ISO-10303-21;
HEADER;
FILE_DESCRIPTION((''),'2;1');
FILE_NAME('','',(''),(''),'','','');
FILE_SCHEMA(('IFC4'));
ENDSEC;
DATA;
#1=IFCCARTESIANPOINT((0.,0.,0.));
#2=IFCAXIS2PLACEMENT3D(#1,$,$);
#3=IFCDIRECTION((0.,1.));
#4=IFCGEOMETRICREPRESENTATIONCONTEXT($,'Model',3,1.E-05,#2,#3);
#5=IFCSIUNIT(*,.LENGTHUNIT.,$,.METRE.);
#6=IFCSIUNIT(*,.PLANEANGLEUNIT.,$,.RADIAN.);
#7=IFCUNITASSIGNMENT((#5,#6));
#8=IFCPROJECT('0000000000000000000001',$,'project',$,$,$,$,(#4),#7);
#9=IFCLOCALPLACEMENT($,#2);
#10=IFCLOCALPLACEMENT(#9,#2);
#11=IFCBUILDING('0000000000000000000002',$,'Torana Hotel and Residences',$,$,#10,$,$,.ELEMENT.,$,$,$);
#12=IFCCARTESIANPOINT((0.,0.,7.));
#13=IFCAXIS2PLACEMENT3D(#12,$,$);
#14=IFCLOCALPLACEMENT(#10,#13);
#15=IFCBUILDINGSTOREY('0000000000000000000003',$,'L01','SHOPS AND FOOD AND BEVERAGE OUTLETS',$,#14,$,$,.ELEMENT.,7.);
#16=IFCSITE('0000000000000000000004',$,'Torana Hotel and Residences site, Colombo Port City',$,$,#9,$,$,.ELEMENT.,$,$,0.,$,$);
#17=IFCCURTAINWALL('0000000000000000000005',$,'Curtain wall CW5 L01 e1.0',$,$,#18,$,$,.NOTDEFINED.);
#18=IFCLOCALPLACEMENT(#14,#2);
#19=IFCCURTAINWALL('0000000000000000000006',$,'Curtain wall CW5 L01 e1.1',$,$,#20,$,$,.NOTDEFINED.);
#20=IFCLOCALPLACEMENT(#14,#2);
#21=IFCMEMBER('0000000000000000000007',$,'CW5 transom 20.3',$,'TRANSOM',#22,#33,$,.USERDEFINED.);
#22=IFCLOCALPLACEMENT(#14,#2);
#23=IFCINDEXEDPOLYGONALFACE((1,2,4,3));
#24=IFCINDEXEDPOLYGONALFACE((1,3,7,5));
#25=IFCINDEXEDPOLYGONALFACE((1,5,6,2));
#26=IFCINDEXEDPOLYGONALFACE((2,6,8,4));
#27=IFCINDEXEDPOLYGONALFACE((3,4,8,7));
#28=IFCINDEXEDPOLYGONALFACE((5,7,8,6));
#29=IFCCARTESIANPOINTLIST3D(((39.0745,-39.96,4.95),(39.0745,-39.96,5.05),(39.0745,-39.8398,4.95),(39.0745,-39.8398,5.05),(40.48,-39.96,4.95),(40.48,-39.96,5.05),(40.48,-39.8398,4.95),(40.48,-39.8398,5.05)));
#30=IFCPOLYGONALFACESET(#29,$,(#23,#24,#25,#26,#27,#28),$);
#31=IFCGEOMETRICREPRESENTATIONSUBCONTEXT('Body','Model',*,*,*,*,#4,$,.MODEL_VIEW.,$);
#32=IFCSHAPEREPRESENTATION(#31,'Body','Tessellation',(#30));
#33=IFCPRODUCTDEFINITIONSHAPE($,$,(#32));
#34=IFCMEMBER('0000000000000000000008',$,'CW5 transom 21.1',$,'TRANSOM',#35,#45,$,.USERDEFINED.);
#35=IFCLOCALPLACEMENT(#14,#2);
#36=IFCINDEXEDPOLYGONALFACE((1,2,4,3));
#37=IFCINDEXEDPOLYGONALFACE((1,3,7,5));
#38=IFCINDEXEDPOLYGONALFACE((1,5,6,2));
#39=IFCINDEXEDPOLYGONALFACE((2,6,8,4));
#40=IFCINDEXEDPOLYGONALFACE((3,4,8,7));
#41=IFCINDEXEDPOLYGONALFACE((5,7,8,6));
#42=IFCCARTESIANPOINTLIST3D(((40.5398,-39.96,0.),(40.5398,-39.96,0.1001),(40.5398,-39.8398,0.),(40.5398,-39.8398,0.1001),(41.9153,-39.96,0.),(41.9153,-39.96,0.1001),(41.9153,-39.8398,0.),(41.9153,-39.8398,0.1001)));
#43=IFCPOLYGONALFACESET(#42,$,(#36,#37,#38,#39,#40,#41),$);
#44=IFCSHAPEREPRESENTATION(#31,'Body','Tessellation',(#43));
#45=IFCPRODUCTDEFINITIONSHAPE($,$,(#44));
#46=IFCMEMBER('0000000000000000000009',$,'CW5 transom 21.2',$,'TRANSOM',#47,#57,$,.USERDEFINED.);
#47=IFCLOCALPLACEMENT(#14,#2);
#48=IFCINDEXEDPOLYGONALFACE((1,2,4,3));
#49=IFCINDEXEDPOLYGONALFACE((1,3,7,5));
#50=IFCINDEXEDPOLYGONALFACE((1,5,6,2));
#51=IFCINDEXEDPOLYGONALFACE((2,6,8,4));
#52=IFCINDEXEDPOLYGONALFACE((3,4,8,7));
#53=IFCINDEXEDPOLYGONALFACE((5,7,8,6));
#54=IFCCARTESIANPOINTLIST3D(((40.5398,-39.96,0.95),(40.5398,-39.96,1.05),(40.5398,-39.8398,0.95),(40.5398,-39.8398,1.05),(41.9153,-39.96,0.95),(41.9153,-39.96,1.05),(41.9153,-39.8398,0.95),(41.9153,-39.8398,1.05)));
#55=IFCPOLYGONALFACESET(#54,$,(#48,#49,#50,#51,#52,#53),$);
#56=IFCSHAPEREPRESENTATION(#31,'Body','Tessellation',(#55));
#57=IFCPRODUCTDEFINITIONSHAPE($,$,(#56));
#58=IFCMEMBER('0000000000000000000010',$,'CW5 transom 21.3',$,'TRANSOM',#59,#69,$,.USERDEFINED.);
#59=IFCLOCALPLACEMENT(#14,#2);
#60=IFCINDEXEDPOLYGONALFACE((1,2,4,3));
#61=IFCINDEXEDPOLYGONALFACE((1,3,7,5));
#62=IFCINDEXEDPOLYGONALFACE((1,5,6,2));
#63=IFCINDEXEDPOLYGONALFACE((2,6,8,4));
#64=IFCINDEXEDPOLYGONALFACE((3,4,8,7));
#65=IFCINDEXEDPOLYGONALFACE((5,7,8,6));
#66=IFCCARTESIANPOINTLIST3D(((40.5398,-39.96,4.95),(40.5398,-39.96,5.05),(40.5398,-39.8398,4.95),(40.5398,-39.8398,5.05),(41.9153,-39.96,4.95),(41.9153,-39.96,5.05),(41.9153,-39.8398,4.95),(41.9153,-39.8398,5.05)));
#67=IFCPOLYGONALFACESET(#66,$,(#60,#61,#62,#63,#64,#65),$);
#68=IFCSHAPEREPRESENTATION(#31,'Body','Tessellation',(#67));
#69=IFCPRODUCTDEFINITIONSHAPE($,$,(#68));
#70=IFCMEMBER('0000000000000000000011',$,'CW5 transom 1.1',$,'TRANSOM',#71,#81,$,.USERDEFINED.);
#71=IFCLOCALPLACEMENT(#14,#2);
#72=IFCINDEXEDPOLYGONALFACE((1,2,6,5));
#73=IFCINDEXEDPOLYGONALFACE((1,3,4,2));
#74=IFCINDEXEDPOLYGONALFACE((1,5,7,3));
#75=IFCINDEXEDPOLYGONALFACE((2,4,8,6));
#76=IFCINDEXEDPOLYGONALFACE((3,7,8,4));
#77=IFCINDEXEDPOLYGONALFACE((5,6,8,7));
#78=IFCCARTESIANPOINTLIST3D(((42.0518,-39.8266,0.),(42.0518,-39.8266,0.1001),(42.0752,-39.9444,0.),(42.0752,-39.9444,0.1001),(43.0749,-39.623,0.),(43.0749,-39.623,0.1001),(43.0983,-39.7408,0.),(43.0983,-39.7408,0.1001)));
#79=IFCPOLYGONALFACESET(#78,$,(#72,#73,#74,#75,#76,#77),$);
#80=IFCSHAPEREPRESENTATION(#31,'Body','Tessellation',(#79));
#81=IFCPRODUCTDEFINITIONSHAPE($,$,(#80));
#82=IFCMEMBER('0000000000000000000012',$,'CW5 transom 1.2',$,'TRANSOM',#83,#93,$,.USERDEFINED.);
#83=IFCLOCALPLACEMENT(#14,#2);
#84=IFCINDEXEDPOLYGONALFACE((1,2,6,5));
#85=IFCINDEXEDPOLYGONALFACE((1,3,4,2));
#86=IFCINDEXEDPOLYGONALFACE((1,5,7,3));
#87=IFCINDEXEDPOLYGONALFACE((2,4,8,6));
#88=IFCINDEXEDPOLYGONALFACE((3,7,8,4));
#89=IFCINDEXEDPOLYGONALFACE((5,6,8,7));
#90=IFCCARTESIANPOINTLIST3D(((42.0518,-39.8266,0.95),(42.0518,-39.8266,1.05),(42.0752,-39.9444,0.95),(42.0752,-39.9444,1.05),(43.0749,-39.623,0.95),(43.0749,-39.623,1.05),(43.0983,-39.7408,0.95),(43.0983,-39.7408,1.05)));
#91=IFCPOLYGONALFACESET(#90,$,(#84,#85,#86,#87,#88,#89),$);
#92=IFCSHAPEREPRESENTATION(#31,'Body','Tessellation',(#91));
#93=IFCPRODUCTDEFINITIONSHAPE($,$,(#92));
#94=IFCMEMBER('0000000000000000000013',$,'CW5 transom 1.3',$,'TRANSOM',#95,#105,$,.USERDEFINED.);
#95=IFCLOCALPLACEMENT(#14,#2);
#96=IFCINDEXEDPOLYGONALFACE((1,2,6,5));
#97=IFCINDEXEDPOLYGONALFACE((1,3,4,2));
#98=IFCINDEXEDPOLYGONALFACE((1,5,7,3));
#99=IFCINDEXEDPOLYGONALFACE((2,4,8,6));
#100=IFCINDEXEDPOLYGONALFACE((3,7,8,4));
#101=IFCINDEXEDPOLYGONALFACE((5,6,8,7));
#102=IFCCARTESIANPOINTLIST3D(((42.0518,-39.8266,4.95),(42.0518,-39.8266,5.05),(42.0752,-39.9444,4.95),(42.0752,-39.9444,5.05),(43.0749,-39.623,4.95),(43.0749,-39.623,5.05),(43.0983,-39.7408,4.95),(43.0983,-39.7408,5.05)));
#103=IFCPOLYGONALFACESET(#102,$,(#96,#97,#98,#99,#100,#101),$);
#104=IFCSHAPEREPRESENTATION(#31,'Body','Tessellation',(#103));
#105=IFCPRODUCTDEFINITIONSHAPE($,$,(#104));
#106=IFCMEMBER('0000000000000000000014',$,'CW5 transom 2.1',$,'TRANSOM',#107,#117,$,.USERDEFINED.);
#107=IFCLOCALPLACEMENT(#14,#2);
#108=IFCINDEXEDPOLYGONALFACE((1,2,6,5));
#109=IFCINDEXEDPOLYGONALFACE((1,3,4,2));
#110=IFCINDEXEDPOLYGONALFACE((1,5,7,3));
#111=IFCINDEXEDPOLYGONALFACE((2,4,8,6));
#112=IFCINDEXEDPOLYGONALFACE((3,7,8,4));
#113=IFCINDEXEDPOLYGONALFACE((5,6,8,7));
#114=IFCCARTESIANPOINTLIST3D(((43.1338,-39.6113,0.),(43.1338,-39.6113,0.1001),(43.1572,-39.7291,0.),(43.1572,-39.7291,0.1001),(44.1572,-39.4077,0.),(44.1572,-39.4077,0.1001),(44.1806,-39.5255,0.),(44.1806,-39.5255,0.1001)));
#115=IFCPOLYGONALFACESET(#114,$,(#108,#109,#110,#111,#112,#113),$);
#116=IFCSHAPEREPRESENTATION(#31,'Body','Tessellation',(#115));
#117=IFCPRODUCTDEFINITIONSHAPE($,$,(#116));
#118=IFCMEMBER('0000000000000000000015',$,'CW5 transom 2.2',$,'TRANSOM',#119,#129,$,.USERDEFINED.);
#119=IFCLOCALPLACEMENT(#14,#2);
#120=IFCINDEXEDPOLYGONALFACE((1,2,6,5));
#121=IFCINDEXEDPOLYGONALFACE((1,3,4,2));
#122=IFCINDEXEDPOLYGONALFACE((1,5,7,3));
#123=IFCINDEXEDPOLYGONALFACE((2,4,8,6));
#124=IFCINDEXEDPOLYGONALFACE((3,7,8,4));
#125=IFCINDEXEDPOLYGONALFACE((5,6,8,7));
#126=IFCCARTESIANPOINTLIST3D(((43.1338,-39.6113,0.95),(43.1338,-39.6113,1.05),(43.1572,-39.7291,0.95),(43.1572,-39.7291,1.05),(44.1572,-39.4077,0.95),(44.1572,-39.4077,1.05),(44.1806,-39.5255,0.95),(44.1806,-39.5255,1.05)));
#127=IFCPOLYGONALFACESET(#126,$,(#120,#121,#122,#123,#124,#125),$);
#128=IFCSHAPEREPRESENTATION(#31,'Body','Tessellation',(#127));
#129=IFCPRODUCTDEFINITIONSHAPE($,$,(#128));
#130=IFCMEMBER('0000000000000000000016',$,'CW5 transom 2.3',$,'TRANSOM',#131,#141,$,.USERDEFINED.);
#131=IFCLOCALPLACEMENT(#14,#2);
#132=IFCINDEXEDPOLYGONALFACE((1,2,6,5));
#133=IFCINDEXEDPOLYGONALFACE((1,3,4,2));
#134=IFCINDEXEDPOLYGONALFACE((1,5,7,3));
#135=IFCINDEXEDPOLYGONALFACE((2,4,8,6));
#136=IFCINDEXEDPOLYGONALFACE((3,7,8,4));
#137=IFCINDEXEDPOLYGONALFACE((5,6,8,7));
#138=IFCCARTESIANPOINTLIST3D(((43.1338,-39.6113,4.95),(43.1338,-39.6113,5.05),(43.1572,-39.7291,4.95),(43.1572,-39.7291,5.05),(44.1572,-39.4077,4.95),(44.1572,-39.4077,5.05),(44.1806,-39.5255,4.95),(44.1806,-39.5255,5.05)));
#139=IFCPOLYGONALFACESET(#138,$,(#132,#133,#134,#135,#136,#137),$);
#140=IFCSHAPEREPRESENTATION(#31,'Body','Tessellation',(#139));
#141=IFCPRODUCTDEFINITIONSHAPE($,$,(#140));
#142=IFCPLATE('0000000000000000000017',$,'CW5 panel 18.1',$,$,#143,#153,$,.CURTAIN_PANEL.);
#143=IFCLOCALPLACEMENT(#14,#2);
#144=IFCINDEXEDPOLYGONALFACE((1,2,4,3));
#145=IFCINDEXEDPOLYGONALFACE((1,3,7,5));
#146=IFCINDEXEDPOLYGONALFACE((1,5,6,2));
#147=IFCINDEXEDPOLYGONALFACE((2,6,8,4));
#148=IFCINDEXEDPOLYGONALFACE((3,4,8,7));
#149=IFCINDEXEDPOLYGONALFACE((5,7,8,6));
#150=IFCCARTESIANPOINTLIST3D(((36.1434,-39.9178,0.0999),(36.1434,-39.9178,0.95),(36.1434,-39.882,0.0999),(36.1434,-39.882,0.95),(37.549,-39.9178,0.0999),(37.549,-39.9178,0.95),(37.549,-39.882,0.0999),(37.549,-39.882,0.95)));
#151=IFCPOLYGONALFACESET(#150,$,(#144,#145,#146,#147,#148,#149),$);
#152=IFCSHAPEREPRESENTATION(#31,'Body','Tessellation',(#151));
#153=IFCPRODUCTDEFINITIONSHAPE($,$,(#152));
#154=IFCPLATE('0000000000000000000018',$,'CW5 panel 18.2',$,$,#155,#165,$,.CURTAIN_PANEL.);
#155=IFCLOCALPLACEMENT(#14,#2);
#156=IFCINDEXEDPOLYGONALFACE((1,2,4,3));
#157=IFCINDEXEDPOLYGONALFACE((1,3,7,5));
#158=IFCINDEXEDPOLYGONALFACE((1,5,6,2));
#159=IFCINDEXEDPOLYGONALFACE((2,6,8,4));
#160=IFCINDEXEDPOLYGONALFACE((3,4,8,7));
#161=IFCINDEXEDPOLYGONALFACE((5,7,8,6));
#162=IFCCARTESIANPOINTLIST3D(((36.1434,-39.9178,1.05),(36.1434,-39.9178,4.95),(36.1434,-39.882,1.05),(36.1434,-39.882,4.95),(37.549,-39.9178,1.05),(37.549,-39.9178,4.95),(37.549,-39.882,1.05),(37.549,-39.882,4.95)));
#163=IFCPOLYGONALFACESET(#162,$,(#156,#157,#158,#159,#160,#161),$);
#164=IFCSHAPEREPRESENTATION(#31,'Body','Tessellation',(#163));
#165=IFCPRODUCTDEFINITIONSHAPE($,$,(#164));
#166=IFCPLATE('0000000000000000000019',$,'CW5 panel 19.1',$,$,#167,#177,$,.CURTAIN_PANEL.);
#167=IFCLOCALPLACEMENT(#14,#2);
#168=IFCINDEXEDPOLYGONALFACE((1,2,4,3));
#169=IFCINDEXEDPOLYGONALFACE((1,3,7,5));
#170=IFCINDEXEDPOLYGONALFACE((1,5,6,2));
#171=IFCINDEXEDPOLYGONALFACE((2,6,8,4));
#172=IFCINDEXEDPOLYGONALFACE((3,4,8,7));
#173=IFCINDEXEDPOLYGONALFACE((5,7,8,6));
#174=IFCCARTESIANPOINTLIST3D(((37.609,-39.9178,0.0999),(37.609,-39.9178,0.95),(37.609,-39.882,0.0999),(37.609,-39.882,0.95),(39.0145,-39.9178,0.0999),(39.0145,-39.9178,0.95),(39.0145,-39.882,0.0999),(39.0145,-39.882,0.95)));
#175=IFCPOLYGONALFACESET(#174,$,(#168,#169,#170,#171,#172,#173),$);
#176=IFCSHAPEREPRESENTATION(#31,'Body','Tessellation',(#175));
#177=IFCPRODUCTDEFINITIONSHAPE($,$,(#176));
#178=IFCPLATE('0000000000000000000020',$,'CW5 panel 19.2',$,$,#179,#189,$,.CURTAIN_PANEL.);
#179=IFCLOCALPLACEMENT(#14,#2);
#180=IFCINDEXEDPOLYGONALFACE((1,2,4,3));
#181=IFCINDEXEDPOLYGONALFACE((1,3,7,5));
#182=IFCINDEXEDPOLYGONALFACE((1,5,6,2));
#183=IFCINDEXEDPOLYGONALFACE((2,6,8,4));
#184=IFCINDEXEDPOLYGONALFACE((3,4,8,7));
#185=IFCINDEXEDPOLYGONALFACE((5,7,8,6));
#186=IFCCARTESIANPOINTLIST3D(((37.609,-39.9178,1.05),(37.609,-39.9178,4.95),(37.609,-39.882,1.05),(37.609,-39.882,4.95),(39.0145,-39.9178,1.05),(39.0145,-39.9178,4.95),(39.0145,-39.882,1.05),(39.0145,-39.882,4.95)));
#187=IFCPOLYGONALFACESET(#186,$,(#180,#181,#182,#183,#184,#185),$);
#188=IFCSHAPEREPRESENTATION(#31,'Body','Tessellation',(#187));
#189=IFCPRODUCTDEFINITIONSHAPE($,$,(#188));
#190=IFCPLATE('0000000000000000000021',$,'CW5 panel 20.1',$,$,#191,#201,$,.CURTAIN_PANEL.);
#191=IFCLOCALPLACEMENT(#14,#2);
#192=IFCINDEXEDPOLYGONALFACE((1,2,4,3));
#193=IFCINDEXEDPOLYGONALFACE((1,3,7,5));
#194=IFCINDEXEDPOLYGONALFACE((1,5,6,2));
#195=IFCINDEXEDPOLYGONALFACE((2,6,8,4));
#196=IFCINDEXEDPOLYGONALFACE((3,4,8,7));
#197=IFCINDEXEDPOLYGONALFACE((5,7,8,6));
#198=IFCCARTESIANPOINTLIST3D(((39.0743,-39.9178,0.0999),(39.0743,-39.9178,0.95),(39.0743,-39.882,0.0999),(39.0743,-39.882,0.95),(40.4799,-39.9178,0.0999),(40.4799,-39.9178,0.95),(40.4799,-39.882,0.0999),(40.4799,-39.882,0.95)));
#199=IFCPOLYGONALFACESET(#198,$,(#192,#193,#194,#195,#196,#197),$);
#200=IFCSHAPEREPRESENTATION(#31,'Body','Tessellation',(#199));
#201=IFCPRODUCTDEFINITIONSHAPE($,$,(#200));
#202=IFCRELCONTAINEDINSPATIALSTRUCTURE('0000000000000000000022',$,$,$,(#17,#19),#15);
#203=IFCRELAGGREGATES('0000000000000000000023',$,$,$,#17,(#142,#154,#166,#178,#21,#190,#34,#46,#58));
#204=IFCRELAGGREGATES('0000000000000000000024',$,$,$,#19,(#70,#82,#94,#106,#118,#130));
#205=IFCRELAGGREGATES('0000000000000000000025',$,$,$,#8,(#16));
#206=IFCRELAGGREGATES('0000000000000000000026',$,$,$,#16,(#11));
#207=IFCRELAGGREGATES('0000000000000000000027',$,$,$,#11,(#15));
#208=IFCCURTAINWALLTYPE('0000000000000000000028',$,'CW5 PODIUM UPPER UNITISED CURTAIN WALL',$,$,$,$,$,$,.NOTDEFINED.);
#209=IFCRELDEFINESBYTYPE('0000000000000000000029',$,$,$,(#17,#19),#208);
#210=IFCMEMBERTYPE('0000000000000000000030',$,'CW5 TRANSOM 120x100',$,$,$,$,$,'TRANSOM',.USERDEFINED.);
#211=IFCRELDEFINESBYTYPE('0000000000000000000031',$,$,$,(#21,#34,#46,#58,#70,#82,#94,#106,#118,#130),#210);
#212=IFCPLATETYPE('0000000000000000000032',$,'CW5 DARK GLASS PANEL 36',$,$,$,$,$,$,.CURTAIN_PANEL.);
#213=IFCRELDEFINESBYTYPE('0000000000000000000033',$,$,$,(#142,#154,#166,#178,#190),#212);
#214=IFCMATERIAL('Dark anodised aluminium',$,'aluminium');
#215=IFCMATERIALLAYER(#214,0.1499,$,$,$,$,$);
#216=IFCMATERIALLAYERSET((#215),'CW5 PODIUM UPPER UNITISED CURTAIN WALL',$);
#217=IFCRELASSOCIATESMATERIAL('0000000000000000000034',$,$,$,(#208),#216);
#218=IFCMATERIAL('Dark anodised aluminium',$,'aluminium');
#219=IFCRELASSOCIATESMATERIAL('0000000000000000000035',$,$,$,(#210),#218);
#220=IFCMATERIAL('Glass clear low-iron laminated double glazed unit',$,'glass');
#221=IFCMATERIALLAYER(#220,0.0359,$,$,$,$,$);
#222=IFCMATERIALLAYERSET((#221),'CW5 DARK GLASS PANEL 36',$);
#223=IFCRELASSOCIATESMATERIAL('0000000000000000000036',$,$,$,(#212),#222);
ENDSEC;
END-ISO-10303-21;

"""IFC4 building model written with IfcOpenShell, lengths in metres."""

from ifc_helpers import new_model, si_unit, direction, frame, origin, origin_2d, place, context, subcontext, project, spatial, rectangle, extrude, material, layer, layer_set, material_profile, profile_set, type_object, element, aggregate, save


model = new_model("IFC4")

# Units and contexts
model_context = context("Model", 3, precision=1e-05, world=origin(), true_north=direction((0.0, 1.0)))
body_context = subcontext(model_context, "Body", "Model", "MODEL_VIEW")
ifc_project = project(units=[si_unit("LENGTHUNIT", "METRE"), si_unit("PLANEANGLEUNIT", "RADIAN")], contexts=[model_context])

# Site, building, storey
site_placement = place(None, origin())
site = spatial("IfcSite", under=ifc_project, at=site_placement, Name="Torana Hotel and Residences site, Colombo Port City", CompositionType="ELEMENT", RefElevation=0.0)
building_placement = place(site_placement, origin())
building = spatial("IfcBuilding", under=site, at=building_placement, Name="Torana Hotel and Residences", CompositionType="ELEMENT")
storey_placement = place(building_placement, frame((0.0, 0.0, 7.0)))
storey = spatial("IfcBuildingStorey", under=building, at=storey_placement, Name="L01", Description="SHOPS AND FOOD AND BEVERAGE OUTLETS", CompositionType="ELEMENT", Elevation=7.0)

# Curtain walls
ifc_material_1 = material(Name="Dark anodised aluminium", Category="aluminium")
ifc_layer_1 = layer(ifc_material_1, 0.1499)
ifc_layer_set_1 = layer_set([ifc_layer_1], Name="CW5 PODIUM UPPER UNITISED CURTAIN WALL")
curtain_wall_type = type_object("IfcCurtainWallType", Name="CW5 PODIUM UPPER UNITISED CURTAIN WALL", PredefinedType="NOTDEFINED", material=ifc_layer_set_1)
curtain_wall_1_placement = place(storey_placement, origin())
curtain_wall_1 = element("IfcCurtainWall", 1, at=curtain_wall_1_placement, inside=storey, type_object=curtain_wall_type, Name="Curtain wall CW5 L01 e1.0", PredefinedType="NOTDEFINED")
curtain_wall_2_placement = place(storey_placement, origin())
curtain_wall_2 = element("IfcCurtainWall", 2, at=curtain_wall_2_placement, inside=storey, type_object=curtain_wall_type, Name="Curtain wall CW5 L01 e1.1", PredefinedType="NOTDEFINED")

# Members
ifc_material_2 = material(Name="Dark anodised aluminium", Category="aluminium")
ifc_material_profile_1 = material_profile(ifc_material_2, rectangle(XDim=0.1201, YDim=0.1001, at=origin_2d()), Name="CW5 TRANSOM 120x100")
ifc_profile_set_1 = profile_set([ifc_material_profile_1], Name="Dark anodised aluminium")
member_type_1 = type_object("IfcMemberType", Name="CW5 TRANSOM 120x100", ElementType="TRANSOM", PredefinedType="USERDEFINED", material=ifc_profile_set_1)
member_1_placement = place(storey_placement, frame((39.0745, -39.8999, 5.0), z_axis=(1.0, 0.0, 0.0), x_axis=(0.0, 1.0, 0.0)))
member_1 = element("IfcMember", 3, at=member_1_placement, type_object=member_type_1, Name="CW5 transom 20.3", ObjectType="TRANSOM", PredefinedType="USERDEFINED", context=body_context, shape_type="SweptSolid", body=[
    extrude(rectangle(XDim=0.1201, YDim=0.1001, at=origin_2d()), origin(), (0.0, 0.0, 1.0), 1.4055),
])
member_2_placement = place(storey_placement, frame((40.5398, -39.8999, 0.05), z_axis=(1.0, 0.0, 0.0), x_axis=(0.0, 1.0, 0.0)))
member_2 = element("IfcMember", 4, at=member_2_placement, type_object=member_type_1, Name="CW5 transom 21.1", ObjectType="TRANSOM", PredefinedType="USERDEFINED", context=body_context, shape_type="SweptSolid", body=[
    extrude(rectangle(XDim=0.1201, YDim=0.1001, at=origin_2d()), origin(), (0.0, 0.0, 1.0), 1.3755),
])
member_3_placement = place(storey_placement, frame((40.5398, -39.8999, 1.0), z_axis=(1.0, 0.0, 0.0), x_axis=(0.0, 1.0, 0.0)))
member_3 = element("IfcMember", 5, at=member_3_placement, type_object=member_type_1, Name="CW5 transom 21.2", ObjectType="TRANSOM", PredefinedType="USERDEFINED", context=body_context, shape_type="SweptSolid", body=[
    extrude(rectangle(XDim=0.1201, YDim=0.1001, at=origin_2d()), origin(), (0.0, 0.0, 1.0), 1.3755),
])
member_4_placement = place(storey_placement, frame((40.5398, -39.8999, 5.0), z_axis=(1.0, 0.0, 0.0), x_axis=(0.0, 1.0, 0.0)))
member_4 = element("IfcMember", 6, at=member_4_placement, type_object=member_type_1, Name="CW5 transom 21.3", ObjectType="TRANSOM", PredefinedType="USERDEFINED", context=body_context, shape_type="SweptSolid", body=[
    extrude(rectangle(XDim=0.1201, YDim=0.1001, at=origin_2d()), origin(), (0.0, 0.0, 1.0), 1.3755),
])
member_5_placement = place(storey_placement, frame((42.0635, -39.8855, 0.05), z_axis=(0.980769, 0.195171, 0.0), x_axis=(-0.195171, 0.980769, 0.0)))
member_5 = element("IfcMember", 7, at=member_5_placement, type_object=member_type_1, Name="CW5 transom 1.1", ObjectType="TRANSOM", PredefinedType="USERDEFINED", context=body_context, shape_type="SweptSolid", body=[
    extrude(rectangle(XDim=0.1201, YDim=0.1001, at=origin_2d()), origin(), (0.0, 0.0, 1.0), 1.0432),
])
member_6_placement = place(storey_placement, frame((42.0635, -39.8855, 1.0), z_axis=(0.980769, 0.195171, 0.0), x_axis=(-0.195171, 0.980769, 0.0)))
member_6 = element("IfcMember", 8, at=member_6_placement, type_object=member_type_1, Name="CW5 transom 1.2", ObjectType="TRANSOM", PredefinedType="USERDEFINED", context=body_context, shape_type="SweptSolid", body=[
    extrude(rectangle(XDim=0.1201, YDim=0.1001, at=origin_2d()), origin(), (0.0, 0.0, 1.0), 1.0432),
])
member_7_placement = place(storey_placement, frame((42.0635, -39.8855, 5.0), z_axis=(0.980769, 0.195171, 0.0), x_axis=(-0.195171, 0.980769, 0.0)))
member_7 = element("IfcMember", 9, at=member_7_placement, type_object=member_type_1, Name="CW5 transom 1.3", ObjectType="TRANSOM", PredefinedType="USERDEFINED", context=body_context, shape_type="SweptSolid", body=[
    extrude(rectangle(XDim=0.1201, YDim=0.1001, at=origin_2d()), origin(), (0.0, 0.0, 1.0), 1.0432),
])
member_8_placement = place(storey_placement, frame((43.1455, -39.6702, 0.05), z_axis=(0.980778, 0.195126, 0.0), x_axis=(-0.195126, 0.980778, 0.0)))
member_8 = element("IfcMember", 10, at=member_8_placement, type_object=member_type_1, Name="CW5 transom 2.1", ObjectType="TRANSOM", PredefinedType="USERDEFINED", context=body_context, shape_type="SweptSolid", body=[
    extrude(rectangle(XDim=0.1201, YDim=0.1001, at=origin_2d()), origin(), (0.0, 0.0, 1.0), 1.0435),
])
member_9_placement = place(storey_placement, frame((43.1455, -39.6702, 1.0), z_axis=(0.980778, 0.195126, 0.0), x_axis=(-0.195126, 0.980778, 0.0)))
member_9 = element("IfcMember", 11, at=member_9_placement, type_object=member_type_1, Name="CW5 transom 2.2", ObjectType="TRANSOM", PredefinedType="USERDEFINED", context=body_context, shape_type="SweptSolid", body=[
    extrude(rectangle(XDim=0.1201, YDim=0.1001, at=origin_2d()), origin(), (0.0, 0.0, 1.0), 1.0435),
])
member_10_placement = place(storey_placement, frame((43.1455, -39.6702, 5.0), z_axis=(0.980778, 0.195126, 0.0), x_axis=(-0.195126, 0.980778, 0.0)))
member_10 = element("IfcMember", 12, at=member_10_placement, type_object=member_type_1, Name="CW5 transom 2.3", ObjectType="TRANSOM", PredefinedType="USERDEFINED", context=body_context, shape_type="SweptSolid", body=[
    extrude(rectangle(XDim=0.1201, YDim=0.1001, at=origin_2d()), origin(), (0.0, 0.0, 1.0), 1.0435),
])

# Plates
ifc_material_3 = material(Name="Glass clear low-iron laminated double glazed unit", Category="glass")
ifc_layer_2 = layer(ifc_material_3, 0.0359)
ifc_layer_set_2 = layer_set([ifc_layer_2], Name="CW5 DARK GLASS PANEL 36")
plate_type = type_object("IfcPlateType", Name="CW5 DARK GLASS PANEL 36", PredefinedType="CURTAIN_PANEL", material=ifc_layer_set_2)
plate_1_placement = place(storey_placement, frame((36.8462, -39.8999, 0.0999), z_axis=(0.0, 0.0, 1.0), x_axis=(1.0, 0.0, 0.0)))
plate_1 = element("IfcPlate", 13, at=plate_1_placement, type_object=plate_type, Name="CW5 panel 18.1", PredefinedType="CURTAIN_PANEL", context=body_context, shape_type="SweptSolid", body=[
    extrude(rectangle(XDim=1.4055, YDim=0.0359, at=origin_2d()), origin(), (0.0, 0.0, 1.0), 0.8501),
])
plate_2_placement = place(storey_placement, frame((36.8462, -39.8999, 1.05), z_axis=(0.0, 0.0, 1.0), x_axis=(1.0, 0.0, 0.0)))
plate_2 = element("IfcPlate", 14, at=plate_2_placement, type_object=plate_type, Name="CW5 panel 18.2", PredefinedType="CURTAIN_PANEL", context=body_context, shape_type="SweptSolid", body=[
    extrude(rectangle(XDim=1.4055, YDim=0.0359, at=origin_2d()), origin(), (0.0, 0.0, 1.0), 3.8999),
])
plate_3_placement = place(storey_placement, frame((38.3118, -39.8999, 0.0999), z_axis=(0.0, 0.0, 1.0), x_axis=(1.0, 0.0, 0.0)))
plate_3 = element("IfcPlate", 15, at=plate_3_placement, type_object=plate_type, Name="CW5 panel 19.1", PredefinedType="CURTAIN_PANEL", context=body_context, shape_type="SweptSolid", body=[
    extrude(rectangle(XDim=1.4055, YDim=0.0359, at=origin_2d()), origin(), (0.0, 0.0, 1.0), 0.8501),
])
plate_4_placement = place(storey_placement, frame((38.3118, -39.8999, 1.05), z_axis=(0.0, 0.0, 1.0), x_axis=(1.0, 0.0, 0.0)))
plate_4 = element("IfcPlate", 16, at=plate_4_placement, type_object=plate_type, Name="CW5 panel 19.2", PredefinedType="CURTAIN_PANEL", context=body_context, shape_type="SweptSolid", body=[
    extrude(rectangle(XDim=1.4055, YDim=0.0359, at=origin_2d()), origin(), (0.0, 0.0, 1.0), 3.8999),
])
plate_5_placement = place(storey_placement, frame((39.7771, -39.8999, 0.0999), z_axis=(0.0, 0.0, 1.0), x_axis=(1.0, 0.0, 0.0)))
plate_5 = element("IfcPlate", 17, at=plate_5_placement, type_object=plate_type, Name="CW5 panel 20.1", PredefinedType="CURTAIN_PANEL", context=body_context, shape_type="SweptSolid", body=[
    extrude(rectangle(XDim=1.4055, YDim=0.0359, at=origin_2d()), origin(), (0.0, 0.0, 1.0), 0.8501),
])
aggregate(curtain_wall_1, [plate_1, plate_2, plate_3, plate_4, member_1, plate_5, member_2, member_3, member_4])
aggregate(curtain_wall_2, [member_5, member_6, member_7, member_8, member_9, member_10])

save(model, "model.ifc")
